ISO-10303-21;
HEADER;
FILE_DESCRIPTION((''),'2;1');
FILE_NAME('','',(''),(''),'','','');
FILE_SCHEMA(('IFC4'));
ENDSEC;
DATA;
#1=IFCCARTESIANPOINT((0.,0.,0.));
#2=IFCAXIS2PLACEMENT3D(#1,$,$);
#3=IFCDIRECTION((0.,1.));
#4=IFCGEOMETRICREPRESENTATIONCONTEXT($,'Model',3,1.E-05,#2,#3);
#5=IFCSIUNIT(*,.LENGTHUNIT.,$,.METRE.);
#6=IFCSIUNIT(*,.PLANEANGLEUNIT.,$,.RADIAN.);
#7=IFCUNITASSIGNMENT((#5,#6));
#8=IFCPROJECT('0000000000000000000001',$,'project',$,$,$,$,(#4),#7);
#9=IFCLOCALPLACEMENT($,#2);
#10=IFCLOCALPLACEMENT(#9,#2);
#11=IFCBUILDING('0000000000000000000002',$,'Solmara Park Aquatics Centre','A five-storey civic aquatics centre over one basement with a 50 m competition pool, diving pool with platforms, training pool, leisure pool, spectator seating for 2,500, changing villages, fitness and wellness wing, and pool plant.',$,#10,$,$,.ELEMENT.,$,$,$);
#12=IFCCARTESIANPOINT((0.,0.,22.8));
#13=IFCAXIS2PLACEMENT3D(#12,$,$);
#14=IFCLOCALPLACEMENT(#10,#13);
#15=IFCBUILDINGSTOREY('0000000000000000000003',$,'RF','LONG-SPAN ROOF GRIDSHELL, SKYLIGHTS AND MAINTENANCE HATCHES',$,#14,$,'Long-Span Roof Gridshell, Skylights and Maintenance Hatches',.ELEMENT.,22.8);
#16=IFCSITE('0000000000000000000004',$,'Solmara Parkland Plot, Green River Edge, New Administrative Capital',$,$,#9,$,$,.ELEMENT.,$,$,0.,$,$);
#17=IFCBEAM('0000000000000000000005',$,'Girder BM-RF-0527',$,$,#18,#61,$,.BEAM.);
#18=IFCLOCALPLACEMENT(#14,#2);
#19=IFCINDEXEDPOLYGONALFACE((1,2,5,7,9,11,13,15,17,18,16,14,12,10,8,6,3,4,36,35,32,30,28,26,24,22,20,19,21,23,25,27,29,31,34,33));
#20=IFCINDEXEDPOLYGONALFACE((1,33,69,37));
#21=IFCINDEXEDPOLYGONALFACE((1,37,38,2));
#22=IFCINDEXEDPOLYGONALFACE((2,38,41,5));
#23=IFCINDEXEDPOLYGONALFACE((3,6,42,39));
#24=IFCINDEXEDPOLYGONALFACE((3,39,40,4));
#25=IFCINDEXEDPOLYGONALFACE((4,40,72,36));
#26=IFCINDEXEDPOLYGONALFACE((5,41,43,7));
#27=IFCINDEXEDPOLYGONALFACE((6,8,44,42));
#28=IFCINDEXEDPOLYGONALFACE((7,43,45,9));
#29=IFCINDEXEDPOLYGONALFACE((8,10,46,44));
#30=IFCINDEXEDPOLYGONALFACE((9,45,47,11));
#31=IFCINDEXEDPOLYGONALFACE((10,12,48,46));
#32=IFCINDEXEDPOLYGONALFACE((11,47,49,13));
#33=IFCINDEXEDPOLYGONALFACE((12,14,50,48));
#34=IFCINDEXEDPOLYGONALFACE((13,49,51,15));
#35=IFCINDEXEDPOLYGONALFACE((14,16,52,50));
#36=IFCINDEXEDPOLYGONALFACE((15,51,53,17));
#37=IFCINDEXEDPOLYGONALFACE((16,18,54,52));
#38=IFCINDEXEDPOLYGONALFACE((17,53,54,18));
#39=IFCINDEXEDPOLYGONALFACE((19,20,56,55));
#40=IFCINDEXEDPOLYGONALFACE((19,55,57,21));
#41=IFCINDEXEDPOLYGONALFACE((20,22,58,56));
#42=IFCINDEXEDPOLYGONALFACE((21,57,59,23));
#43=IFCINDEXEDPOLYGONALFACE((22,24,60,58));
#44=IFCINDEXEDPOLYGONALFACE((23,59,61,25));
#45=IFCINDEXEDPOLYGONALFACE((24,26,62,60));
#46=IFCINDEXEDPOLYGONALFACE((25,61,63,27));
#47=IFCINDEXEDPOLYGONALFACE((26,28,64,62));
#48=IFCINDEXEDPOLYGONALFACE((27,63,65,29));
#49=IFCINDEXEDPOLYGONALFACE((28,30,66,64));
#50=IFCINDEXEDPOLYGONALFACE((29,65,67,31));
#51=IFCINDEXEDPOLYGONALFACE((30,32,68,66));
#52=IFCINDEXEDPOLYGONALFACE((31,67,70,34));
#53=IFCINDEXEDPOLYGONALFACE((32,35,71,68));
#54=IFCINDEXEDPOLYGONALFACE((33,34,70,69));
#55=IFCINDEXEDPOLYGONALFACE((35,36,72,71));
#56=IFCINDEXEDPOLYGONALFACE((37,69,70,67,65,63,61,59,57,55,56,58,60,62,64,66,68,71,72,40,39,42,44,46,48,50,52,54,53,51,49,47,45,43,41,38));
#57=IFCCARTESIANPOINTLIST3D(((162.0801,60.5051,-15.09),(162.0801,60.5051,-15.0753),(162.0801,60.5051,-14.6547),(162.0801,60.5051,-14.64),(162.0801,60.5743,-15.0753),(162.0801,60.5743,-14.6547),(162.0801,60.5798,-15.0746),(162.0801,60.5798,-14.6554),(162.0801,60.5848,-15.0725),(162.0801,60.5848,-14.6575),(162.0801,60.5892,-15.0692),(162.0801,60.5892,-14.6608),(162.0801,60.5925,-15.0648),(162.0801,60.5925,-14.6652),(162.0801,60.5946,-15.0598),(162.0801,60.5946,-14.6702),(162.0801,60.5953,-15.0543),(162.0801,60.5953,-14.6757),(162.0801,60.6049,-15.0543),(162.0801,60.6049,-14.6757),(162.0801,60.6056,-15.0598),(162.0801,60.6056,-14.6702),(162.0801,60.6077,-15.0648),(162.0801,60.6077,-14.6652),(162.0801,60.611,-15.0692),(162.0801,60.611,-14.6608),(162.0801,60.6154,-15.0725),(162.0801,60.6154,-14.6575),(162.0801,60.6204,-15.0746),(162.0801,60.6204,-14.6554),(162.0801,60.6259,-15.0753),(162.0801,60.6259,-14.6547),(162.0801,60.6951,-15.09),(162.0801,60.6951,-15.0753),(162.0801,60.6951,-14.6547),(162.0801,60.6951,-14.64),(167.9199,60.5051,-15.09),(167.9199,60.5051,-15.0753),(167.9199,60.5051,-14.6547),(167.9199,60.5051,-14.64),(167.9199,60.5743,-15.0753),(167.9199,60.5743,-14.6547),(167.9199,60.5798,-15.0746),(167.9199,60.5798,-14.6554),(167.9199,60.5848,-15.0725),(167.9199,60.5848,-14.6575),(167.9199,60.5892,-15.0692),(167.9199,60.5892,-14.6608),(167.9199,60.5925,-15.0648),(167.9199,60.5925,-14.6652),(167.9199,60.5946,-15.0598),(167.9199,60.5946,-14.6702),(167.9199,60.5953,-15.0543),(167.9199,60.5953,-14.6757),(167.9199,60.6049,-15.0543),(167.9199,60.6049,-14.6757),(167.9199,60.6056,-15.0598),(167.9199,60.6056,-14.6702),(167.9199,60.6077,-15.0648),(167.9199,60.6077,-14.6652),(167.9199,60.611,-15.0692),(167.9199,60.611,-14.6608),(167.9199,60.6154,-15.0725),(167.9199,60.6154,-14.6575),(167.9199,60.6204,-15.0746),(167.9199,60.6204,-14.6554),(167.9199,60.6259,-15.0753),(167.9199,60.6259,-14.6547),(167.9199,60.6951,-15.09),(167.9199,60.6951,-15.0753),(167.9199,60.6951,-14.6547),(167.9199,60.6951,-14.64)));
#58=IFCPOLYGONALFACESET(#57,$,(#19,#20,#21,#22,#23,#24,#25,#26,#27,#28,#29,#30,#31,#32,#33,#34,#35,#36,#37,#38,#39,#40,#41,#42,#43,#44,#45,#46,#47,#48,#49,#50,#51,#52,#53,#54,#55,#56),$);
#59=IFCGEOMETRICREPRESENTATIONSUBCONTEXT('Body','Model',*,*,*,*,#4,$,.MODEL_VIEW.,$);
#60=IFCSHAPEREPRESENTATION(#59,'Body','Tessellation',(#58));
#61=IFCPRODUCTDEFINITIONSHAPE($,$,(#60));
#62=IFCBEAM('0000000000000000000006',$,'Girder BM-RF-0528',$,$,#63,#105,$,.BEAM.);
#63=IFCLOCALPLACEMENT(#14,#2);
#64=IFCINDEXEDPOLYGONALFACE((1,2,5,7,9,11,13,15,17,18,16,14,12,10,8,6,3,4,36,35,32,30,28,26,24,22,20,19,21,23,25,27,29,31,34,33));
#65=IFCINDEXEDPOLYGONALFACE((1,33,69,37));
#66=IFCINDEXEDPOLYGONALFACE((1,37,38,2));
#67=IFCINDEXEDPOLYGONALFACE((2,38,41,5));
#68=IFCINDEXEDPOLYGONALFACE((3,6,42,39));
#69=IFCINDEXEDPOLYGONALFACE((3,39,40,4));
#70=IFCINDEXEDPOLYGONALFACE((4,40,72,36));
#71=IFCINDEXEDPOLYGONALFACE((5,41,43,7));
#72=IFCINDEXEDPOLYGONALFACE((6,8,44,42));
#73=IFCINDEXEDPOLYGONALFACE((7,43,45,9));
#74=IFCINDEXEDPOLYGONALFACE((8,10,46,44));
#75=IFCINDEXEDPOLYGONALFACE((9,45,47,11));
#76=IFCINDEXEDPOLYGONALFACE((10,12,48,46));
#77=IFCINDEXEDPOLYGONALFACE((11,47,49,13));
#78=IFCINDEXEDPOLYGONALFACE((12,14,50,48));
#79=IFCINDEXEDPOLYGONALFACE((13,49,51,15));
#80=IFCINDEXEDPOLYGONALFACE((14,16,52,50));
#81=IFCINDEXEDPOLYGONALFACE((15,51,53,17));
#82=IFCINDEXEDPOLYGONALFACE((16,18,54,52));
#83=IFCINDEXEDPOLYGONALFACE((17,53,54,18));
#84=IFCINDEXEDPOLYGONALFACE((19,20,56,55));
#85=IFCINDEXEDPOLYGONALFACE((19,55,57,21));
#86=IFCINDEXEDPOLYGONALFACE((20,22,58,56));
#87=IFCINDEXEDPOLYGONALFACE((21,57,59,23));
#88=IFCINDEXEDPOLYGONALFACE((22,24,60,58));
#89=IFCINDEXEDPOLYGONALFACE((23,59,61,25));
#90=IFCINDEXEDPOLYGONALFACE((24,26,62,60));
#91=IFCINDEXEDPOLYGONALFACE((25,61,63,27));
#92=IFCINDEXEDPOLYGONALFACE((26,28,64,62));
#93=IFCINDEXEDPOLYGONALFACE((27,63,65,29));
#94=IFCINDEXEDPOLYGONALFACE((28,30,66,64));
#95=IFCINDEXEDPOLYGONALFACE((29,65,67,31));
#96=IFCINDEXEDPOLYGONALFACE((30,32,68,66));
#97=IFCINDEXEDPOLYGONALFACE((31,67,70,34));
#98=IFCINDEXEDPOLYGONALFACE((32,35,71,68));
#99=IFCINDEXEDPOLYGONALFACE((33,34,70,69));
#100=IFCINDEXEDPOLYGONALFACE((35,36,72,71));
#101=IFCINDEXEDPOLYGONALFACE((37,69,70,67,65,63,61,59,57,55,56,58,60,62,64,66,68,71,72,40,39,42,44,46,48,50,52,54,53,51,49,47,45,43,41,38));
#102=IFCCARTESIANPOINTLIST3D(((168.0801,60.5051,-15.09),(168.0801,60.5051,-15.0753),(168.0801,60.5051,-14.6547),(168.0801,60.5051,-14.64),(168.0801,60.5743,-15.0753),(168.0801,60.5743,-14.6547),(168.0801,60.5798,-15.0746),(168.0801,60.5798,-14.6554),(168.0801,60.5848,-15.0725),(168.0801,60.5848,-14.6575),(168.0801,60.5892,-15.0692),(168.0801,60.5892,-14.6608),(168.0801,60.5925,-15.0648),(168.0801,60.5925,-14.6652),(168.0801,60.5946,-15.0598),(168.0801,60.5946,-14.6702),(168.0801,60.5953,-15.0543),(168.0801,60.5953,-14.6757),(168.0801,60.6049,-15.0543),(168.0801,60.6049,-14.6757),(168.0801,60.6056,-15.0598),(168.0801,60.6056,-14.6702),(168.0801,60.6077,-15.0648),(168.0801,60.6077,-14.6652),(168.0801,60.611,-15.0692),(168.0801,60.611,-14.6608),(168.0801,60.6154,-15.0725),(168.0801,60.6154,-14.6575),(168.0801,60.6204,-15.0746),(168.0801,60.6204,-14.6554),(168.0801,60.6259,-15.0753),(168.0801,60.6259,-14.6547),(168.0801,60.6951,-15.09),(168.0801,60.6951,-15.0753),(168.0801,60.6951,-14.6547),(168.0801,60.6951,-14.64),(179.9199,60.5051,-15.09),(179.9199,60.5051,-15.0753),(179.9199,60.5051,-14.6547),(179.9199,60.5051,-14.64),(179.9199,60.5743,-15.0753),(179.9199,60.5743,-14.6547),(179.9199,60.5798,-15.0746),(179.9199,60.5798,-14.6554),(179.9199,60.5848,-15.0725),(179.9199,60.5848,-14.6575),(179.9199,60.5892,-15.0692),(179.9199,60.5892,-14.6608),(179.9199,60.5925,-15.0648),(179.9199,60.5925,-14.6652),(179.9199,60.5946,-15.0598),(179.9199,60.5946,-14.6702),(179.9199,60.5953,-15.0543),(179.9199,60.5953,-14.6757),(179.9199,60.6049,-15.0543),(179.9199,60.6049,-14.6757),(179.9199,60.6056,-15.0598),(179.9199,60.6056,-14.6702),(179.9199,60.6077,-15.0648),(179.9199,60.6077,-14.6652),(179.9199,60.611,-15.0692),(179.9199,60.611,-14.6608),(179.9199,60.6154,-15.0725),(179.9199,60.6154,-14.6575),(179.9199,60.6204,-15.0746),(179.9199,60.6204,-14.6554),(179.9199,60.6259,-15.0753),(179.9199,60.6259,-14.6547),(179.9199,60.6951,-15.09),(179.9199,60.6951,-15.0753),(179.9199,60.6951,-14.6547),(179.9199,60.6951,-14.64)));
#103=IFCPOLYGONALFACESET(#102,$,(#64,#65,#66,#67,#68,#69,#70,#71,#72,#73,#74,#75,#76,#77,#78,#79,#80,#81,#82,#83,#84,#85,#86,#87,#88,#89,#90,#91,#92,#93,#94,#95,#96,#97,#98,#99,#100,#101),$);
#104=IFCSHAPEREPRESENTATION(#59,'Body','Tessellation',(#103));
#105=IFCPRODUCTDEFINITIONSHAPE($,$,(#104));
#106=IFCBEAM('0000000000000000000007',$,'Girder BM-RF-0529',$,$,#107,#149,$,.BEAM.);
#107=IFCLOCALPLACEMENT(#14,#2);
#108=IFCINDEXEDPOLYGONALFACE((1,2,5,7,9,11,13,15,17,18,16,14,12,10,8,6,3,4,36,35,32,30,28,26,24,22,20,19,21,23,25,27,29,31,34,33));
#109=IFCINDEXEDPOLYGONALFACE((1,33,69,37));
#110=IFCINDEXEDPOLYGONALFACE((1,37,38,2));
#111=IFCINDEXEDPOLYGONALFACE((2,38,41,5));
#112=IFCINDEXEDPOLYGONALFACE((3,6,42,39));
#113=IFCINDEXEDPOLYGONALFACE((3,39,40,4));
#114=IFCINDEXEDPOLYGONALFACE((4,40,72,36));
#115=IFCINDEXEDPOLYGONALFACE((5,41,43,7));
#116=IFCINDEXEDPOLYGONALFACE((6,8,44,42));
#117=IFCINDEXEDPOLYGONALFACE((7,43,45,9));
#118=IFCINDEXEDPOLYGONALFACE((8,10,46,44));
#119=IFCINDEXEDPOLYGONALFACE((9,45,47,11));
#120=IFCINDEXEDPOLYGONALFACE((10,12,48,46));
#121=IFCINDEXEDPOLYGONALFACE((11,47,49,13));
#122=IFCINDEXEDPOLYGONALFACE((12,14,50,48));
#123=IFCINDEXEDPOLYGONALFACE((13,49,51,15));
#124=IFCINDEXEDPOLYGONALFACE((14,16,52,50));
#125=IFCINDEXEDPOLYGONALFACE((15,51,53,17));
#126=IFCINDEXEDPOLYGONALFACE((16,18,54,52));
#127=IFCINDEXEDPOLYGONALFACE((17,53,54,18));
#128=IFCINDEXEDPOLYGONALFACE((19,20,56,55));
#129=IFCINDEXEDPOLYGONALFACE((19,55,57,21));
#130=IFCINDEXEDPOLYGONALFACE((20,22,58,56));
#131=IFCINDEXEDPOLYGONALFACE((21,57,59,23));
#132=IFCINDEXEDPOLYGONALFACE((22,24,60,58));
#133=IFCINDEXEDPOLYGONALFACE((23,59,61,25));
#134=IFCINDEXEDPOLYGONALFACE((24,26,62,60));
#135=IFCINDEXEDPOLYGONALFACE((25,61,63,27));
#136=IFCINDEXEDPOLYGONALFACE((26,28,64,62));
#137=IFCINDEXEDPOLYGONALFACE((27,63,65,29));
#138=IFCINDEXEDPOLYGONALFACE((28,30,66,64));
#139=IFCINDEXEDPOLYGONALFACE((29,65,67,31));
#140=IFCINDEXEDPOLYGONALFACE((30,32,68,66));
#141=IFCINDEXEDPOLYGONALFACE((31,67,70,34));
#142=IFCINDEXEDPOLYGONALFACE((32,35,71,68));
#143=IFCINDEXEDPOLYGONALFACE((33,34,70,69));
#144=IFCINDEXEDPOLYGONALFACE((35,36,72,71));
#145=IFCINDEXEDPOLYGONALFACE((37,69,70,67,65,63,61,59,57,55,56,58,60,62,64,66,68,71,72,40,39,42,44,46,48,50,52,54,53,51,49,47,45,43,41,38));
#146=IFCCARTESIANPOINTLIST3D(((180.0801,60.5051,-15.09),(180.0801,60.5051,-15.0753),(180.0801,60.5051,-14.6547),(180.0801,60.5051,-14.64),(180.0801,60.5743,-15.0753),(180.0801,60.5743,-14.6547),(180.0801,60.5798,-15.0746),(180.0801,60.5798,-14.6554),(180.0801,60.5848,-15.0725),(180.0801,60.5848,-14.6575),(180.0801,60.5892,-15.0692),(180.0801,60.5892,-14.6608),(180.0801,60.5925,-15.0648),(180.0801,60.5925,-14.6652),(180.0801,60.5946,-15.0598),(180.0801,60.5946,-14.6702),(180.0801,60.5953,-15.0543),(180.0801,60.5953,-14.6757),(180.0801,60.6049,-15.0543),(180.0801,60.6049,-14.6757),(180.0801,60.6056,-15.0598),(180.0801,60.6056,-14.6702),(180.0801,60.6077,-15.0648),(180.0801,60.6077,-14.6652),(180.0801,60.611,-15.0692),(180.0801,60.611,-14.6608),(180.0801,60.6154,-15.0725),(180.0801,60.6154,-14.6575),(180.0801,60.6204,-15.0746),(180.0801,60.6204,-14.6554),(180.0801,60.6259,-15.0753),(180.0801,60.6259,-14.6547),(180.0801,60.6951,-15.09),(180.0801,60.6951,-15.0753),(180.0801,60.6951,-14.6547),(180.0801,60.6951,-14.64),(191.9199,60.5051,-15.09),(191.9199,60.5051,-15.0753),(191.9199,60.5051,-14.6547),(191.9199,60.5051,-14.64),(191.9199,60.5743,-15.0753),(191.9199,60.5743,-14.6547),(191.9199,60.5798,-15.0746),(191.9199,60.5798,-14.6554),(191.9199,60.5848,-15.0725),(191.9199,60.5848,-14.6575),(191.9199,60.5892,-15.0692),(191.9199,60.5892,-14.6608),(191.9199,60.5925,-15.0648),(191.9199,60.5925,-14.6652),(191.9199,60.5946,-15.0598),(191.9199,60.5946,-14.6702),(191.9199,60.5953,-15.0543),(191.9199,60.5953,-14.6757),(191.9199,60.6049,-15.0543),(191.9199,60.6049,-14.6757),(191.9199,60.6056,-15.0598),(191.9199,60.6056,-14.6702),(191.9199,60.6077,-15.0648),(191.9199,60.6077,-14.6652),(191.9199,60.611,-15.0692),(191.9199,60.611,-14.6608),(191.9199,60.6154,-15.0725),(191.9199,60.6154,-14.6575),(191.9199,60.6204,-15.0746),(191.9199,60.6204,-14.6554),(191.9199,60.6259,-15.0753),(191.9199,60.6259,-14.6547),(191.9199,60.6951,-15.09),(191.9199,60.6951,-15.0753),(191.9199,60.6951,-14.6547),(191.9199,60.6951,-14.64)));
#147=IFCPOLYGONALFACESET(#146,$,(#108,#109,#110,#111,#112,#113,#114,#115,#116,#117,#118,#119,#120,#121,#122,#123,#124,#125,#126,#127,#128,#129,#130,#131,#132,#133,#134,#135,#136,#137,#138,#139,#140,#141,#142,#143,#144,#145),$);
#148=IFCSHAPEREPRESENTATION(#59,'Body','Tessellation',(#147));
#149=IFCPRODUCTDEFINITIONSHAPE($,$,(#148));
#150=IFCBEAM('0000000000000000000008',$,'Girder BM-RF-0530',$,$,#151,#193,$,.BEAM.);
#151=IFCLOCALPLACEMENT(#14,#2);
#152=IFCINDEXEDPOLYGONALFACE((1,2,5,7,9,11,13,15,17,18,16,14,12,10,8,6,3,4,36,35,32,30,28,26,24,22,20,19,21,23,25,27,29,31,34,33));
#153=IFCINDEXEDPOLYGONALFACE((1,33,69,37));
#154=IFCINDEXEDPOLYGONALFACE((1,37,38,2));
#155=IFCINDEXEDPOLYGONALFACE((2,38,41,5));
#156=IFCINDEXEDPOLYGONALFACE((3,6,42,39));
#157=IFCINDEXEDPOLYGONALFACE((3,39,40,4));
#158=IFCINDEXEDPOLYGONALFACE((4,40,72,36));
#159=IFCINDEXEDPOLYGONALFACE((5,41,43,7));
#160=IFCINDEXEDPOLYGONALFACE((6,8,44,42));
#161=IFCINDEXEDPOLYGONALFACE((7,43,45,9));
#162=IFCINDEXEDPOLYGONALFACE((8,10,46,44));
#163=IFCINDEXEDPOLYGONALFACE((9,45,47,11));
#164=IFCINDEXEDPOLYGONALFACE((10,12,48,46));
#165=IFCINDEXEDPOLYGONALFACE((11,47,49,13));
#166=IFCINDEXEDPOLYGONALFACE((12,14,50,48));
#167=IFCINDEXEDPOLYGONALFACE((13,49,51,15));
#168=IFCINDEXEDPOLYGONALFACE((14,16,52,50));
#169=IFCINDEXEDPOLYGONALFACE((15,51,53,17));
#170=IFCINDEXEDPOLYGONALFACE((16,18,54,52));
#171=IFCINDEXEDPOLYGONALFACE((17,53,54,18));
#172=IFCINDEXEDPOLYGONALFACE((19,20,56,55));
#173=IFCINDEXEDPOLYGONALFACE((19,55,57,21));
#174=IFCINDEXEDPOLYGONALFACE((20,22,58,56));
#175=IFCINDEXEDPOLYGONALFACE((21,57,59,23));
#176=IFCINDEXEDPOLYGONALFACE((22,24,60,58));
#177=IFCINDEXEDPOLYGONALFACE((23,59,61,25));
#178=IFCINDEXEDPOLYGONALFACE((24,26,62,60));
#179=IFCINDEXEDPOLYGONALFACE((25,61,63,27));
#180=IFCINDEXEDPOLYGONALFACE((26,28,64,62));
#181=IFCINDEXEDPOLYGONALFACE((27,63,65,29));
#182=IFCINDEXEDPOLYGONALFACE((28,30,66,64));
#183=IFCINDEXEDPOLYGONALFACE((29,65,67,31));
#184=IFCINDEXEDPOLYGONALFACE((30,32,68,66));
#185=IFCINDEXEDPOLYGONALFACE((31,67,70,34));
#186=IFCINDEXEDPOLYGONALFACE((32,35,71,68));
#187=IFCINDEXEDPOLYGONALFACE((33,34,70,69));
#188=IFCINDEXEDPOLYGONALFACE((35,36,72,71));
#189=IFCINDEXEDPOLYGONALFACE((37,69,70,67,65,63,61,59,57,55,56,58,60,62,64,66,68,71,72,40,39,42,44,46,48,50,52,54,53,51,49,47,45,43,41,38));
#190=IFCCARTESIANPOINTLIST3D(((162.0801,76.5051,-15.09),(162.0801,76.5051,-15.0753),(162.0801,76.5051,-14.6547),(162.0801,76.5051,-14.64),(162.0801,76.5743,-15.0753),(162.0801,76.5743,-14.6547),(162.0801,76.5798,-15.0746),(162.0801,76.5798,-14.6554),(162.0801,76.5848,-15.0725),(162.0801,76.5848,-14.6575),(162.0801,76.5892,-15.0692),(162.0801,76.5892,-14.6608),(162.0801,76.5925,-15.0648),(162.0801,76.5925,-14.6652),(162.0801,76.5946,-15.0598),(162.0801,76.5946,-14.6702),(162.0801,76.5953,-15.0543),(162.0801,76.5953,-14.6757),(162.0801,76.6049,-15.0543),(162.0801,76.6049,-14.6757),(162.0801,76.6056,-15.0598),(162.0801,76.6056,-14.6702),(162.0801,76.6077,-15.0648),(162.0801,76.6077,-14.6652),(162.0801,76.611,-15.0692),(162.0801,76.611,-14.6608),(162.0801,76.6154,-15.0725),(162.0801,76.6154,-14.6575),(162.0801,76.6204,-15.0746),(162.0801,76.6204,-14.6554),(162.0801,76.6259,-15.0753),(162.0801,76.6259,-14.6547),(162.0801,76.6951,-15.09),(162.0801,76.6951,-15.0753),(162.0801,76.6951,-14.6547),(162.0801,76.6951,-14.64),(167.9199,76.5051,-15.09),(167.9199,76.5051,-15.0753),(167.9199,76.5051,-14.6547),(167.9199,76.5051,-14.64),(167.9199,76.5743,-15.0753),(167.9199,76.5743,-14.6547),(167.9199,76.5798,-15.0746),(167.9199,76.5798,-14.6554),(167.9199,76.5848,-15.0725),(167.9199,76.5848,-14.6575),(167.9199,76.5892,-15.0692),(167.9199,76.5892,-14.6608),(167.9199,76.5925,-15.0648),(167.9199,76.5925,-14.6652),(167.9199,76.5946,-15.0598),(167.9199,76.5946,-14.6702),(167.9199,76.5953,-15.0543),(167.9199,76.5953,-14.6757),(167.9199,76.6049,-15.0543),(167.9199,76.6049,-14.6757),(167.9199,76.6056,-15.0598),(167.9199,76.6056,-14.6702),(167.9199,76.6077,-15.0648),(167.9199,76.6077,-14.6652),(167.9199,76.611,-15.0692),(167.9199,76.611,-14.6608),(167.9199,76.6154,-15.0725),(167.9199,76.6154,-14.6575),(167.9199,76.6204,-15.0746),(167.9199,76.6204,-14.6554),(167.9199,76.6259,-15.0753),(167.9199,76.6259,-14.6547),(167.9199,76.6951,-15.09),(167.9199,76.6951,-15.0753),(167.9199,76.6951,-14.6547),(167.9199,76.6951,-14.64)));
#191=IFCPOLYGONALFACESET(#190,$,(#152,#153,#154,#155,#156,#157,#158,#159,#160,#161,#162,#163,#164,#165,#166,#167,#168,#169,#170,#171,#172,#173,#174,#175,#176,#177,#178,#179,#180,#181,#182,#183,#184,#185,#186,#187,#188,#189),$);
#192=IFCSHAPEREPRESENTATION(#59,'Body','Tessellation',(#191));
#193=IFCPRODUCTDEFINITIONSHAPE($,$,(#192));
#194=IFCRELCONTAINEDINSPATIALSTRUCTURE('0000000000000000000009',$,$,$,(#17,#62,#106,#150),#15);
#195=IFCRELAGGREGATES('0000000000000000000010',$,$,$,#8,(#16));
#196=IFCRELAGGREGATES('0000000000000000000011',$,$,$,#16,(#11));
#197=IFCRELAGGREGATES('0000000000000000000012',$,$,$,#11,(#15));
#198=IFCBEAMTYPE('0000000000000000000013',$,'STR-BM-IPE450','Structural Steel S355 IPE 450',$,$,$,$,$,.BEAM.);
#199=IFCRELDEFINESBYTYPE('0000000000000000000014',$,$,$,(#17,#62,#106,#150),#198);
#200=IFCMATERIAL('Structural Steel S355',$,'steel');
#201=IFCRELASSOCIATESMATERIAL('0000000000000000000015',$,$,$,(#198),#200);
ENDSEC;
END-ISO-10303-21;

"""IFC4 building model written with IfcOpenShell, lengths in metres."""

from ifc_helpers import new_model, si_unit, direction, frame, origin, origin_2d, place, context, subcontext, project, spatial, i_section, extrude, material, material_profile, profile_set, type_object, element, save


model = new_model("IFC4")

# Units and contexts
model_context = context("Model", 3, precision=1e-05, world=origin(), true_north=direction((0.0, 1.0)))
body_context = subcontext(model_context, "Body", "Model", "MODEL_VIEW")
ifc_project = project(units=[si_unit("LENGTHUNIT", "METRE"), si_unit("PLANEANGLEUNIT", "RADIAN")], contexts=[model_context])

# Site, building, storey
site_placement = place(None, origin())
site = spatial("IfcSite", under=ifc_project, at=site_placement, Name="Solmara Parkland Plot, Green River Edge, New Administrative Capital", CompositionType="ELEMENT", RefElevation=0.0)
building_placement = place(site_placement, origin())
building = spatial("IfcBuilding", under=site, at=building_placement, Name="Solmara Park Aquatics Centre", Description="A five-storey civic aquatics centre over one basement with a 50 m competition pool, diving pool with platforms, training pool, leisure pool, spectator seating for 2,500, changing villages, fitness and wellness wing, and pool plant.", CompositionType="ELEMENT")
storey_placement = place(building_placement, frame((0.0, 0.0, 22.8)))
storey = spatial("IfcBuildingStorey", under=building, at=storey_placement, Name="RF", Description="LONG-SPAN ROOF GRIDSHELL, SKYLIGHTS AND MAINTENANCE HATCHES", LongName="Long-Span Roof Gridshell, Skylights and Maintenance Hatches", CompositionType="ELEMENT", Elevation=22.8)

# Beams
ifc_material_1 = material(Name="Structural Steel S355", Category="steel")
ifc_material_profile_1 = material_profile(ifc_material_1, i_section(OverallWidth=0.1899, OverallDepth=0.45, WebThickness=0.0095, FlangeThickness=0.0146, FilletRadius=0.021, at=origin_2d()), Name="IPE 450")
ifc_profile_set_1 = profile_set([ifc_material_profile_1], Name="Structural Steel S355")
beam_type_1 = type_object("IfcBeamType", Name="STR-BM-IPE450", Description="Structural Steel S355 IPE 450", PredefinedType="BEAM", material=ifc_profile_set_1)
beam_1_placement = place(storey_placement, frame((162.0801, 60.6001, -14.865), z_axis=(1.0, 0.0, 0.0), x_axis=(0.0, 1.0, 0.0)))
element("IfcBeam", 1, at=beam_1_placement, inside=storey, type_object=beam_type_1, Name="Girder BM-RF-0527", PredefinedType="BEAM", context=body_context, shape_type="SweptSolid", body=[
    extrude(i_section(OverallWidth=0.1899, OverallDepth=0.45, WebThickness=0.0095, FlangeThickness=0.0146, FilletRadius=0.021, at=origin_2d()), origin(), (0.0, 0.0, 1.0), 5.8398),
])
for number, where, z_axis, x_axis, name in (
    (2, (168.0801, 60.6001, -14.865), (1.0, 0.0, 0.0), (0.0, 1.0, 0.0), "Girder BM-RF-0528"),
    (3, (180.0801, 60.6001, -14.865), (1.0, 0.0, 0.0), (0.0, 1.0, 0.0), "Girder BM-RF-0529"),
):
    element("IfcBeam", number, at=place(storey_placement, frame(where, z_axis=z_axis, x_axis=x_axis)), inside=storey, type_object=beam_type_1, Name=name, PredefinedType="BEAM", context=body_context, shape_type="SweptSolid", body=[
        extrude(i_section(OverallWidth=0.1899, OverallDepth=0.45, WebThickness=0.0095, FlangeThickness=0.0146, FilletRadius=0.021, at=origin_2d()), origin(), (0.0, 0.0, 1.0), 11.8398),
    ])
beam_2_placement = place(storey_placement, frame((162.0801, 76.6001, -14.865), z_axis=(1.0, 0.0, 0.0), x_axis=(0.0, 1.0, 0.0)))
element("IfcBeam", 4, at=beam_2_placement, inside=storey, type_object=beam_type_1, Name="Girder BM-RF-0530", PredefinedType="BEAM", context=body_context, shape_type="SweptSolid", body=[
    extrude(i_section(OverallWidth=0.1899, OverallDepth=0.45, WebThickness=0.0095, FlangeThickness=0.0146, FilletRadius=0.021, at=origin_2d()), origin(), (0.0, 0.0, 1.0), 5.8398),
])

save(model, "model.ifc")
